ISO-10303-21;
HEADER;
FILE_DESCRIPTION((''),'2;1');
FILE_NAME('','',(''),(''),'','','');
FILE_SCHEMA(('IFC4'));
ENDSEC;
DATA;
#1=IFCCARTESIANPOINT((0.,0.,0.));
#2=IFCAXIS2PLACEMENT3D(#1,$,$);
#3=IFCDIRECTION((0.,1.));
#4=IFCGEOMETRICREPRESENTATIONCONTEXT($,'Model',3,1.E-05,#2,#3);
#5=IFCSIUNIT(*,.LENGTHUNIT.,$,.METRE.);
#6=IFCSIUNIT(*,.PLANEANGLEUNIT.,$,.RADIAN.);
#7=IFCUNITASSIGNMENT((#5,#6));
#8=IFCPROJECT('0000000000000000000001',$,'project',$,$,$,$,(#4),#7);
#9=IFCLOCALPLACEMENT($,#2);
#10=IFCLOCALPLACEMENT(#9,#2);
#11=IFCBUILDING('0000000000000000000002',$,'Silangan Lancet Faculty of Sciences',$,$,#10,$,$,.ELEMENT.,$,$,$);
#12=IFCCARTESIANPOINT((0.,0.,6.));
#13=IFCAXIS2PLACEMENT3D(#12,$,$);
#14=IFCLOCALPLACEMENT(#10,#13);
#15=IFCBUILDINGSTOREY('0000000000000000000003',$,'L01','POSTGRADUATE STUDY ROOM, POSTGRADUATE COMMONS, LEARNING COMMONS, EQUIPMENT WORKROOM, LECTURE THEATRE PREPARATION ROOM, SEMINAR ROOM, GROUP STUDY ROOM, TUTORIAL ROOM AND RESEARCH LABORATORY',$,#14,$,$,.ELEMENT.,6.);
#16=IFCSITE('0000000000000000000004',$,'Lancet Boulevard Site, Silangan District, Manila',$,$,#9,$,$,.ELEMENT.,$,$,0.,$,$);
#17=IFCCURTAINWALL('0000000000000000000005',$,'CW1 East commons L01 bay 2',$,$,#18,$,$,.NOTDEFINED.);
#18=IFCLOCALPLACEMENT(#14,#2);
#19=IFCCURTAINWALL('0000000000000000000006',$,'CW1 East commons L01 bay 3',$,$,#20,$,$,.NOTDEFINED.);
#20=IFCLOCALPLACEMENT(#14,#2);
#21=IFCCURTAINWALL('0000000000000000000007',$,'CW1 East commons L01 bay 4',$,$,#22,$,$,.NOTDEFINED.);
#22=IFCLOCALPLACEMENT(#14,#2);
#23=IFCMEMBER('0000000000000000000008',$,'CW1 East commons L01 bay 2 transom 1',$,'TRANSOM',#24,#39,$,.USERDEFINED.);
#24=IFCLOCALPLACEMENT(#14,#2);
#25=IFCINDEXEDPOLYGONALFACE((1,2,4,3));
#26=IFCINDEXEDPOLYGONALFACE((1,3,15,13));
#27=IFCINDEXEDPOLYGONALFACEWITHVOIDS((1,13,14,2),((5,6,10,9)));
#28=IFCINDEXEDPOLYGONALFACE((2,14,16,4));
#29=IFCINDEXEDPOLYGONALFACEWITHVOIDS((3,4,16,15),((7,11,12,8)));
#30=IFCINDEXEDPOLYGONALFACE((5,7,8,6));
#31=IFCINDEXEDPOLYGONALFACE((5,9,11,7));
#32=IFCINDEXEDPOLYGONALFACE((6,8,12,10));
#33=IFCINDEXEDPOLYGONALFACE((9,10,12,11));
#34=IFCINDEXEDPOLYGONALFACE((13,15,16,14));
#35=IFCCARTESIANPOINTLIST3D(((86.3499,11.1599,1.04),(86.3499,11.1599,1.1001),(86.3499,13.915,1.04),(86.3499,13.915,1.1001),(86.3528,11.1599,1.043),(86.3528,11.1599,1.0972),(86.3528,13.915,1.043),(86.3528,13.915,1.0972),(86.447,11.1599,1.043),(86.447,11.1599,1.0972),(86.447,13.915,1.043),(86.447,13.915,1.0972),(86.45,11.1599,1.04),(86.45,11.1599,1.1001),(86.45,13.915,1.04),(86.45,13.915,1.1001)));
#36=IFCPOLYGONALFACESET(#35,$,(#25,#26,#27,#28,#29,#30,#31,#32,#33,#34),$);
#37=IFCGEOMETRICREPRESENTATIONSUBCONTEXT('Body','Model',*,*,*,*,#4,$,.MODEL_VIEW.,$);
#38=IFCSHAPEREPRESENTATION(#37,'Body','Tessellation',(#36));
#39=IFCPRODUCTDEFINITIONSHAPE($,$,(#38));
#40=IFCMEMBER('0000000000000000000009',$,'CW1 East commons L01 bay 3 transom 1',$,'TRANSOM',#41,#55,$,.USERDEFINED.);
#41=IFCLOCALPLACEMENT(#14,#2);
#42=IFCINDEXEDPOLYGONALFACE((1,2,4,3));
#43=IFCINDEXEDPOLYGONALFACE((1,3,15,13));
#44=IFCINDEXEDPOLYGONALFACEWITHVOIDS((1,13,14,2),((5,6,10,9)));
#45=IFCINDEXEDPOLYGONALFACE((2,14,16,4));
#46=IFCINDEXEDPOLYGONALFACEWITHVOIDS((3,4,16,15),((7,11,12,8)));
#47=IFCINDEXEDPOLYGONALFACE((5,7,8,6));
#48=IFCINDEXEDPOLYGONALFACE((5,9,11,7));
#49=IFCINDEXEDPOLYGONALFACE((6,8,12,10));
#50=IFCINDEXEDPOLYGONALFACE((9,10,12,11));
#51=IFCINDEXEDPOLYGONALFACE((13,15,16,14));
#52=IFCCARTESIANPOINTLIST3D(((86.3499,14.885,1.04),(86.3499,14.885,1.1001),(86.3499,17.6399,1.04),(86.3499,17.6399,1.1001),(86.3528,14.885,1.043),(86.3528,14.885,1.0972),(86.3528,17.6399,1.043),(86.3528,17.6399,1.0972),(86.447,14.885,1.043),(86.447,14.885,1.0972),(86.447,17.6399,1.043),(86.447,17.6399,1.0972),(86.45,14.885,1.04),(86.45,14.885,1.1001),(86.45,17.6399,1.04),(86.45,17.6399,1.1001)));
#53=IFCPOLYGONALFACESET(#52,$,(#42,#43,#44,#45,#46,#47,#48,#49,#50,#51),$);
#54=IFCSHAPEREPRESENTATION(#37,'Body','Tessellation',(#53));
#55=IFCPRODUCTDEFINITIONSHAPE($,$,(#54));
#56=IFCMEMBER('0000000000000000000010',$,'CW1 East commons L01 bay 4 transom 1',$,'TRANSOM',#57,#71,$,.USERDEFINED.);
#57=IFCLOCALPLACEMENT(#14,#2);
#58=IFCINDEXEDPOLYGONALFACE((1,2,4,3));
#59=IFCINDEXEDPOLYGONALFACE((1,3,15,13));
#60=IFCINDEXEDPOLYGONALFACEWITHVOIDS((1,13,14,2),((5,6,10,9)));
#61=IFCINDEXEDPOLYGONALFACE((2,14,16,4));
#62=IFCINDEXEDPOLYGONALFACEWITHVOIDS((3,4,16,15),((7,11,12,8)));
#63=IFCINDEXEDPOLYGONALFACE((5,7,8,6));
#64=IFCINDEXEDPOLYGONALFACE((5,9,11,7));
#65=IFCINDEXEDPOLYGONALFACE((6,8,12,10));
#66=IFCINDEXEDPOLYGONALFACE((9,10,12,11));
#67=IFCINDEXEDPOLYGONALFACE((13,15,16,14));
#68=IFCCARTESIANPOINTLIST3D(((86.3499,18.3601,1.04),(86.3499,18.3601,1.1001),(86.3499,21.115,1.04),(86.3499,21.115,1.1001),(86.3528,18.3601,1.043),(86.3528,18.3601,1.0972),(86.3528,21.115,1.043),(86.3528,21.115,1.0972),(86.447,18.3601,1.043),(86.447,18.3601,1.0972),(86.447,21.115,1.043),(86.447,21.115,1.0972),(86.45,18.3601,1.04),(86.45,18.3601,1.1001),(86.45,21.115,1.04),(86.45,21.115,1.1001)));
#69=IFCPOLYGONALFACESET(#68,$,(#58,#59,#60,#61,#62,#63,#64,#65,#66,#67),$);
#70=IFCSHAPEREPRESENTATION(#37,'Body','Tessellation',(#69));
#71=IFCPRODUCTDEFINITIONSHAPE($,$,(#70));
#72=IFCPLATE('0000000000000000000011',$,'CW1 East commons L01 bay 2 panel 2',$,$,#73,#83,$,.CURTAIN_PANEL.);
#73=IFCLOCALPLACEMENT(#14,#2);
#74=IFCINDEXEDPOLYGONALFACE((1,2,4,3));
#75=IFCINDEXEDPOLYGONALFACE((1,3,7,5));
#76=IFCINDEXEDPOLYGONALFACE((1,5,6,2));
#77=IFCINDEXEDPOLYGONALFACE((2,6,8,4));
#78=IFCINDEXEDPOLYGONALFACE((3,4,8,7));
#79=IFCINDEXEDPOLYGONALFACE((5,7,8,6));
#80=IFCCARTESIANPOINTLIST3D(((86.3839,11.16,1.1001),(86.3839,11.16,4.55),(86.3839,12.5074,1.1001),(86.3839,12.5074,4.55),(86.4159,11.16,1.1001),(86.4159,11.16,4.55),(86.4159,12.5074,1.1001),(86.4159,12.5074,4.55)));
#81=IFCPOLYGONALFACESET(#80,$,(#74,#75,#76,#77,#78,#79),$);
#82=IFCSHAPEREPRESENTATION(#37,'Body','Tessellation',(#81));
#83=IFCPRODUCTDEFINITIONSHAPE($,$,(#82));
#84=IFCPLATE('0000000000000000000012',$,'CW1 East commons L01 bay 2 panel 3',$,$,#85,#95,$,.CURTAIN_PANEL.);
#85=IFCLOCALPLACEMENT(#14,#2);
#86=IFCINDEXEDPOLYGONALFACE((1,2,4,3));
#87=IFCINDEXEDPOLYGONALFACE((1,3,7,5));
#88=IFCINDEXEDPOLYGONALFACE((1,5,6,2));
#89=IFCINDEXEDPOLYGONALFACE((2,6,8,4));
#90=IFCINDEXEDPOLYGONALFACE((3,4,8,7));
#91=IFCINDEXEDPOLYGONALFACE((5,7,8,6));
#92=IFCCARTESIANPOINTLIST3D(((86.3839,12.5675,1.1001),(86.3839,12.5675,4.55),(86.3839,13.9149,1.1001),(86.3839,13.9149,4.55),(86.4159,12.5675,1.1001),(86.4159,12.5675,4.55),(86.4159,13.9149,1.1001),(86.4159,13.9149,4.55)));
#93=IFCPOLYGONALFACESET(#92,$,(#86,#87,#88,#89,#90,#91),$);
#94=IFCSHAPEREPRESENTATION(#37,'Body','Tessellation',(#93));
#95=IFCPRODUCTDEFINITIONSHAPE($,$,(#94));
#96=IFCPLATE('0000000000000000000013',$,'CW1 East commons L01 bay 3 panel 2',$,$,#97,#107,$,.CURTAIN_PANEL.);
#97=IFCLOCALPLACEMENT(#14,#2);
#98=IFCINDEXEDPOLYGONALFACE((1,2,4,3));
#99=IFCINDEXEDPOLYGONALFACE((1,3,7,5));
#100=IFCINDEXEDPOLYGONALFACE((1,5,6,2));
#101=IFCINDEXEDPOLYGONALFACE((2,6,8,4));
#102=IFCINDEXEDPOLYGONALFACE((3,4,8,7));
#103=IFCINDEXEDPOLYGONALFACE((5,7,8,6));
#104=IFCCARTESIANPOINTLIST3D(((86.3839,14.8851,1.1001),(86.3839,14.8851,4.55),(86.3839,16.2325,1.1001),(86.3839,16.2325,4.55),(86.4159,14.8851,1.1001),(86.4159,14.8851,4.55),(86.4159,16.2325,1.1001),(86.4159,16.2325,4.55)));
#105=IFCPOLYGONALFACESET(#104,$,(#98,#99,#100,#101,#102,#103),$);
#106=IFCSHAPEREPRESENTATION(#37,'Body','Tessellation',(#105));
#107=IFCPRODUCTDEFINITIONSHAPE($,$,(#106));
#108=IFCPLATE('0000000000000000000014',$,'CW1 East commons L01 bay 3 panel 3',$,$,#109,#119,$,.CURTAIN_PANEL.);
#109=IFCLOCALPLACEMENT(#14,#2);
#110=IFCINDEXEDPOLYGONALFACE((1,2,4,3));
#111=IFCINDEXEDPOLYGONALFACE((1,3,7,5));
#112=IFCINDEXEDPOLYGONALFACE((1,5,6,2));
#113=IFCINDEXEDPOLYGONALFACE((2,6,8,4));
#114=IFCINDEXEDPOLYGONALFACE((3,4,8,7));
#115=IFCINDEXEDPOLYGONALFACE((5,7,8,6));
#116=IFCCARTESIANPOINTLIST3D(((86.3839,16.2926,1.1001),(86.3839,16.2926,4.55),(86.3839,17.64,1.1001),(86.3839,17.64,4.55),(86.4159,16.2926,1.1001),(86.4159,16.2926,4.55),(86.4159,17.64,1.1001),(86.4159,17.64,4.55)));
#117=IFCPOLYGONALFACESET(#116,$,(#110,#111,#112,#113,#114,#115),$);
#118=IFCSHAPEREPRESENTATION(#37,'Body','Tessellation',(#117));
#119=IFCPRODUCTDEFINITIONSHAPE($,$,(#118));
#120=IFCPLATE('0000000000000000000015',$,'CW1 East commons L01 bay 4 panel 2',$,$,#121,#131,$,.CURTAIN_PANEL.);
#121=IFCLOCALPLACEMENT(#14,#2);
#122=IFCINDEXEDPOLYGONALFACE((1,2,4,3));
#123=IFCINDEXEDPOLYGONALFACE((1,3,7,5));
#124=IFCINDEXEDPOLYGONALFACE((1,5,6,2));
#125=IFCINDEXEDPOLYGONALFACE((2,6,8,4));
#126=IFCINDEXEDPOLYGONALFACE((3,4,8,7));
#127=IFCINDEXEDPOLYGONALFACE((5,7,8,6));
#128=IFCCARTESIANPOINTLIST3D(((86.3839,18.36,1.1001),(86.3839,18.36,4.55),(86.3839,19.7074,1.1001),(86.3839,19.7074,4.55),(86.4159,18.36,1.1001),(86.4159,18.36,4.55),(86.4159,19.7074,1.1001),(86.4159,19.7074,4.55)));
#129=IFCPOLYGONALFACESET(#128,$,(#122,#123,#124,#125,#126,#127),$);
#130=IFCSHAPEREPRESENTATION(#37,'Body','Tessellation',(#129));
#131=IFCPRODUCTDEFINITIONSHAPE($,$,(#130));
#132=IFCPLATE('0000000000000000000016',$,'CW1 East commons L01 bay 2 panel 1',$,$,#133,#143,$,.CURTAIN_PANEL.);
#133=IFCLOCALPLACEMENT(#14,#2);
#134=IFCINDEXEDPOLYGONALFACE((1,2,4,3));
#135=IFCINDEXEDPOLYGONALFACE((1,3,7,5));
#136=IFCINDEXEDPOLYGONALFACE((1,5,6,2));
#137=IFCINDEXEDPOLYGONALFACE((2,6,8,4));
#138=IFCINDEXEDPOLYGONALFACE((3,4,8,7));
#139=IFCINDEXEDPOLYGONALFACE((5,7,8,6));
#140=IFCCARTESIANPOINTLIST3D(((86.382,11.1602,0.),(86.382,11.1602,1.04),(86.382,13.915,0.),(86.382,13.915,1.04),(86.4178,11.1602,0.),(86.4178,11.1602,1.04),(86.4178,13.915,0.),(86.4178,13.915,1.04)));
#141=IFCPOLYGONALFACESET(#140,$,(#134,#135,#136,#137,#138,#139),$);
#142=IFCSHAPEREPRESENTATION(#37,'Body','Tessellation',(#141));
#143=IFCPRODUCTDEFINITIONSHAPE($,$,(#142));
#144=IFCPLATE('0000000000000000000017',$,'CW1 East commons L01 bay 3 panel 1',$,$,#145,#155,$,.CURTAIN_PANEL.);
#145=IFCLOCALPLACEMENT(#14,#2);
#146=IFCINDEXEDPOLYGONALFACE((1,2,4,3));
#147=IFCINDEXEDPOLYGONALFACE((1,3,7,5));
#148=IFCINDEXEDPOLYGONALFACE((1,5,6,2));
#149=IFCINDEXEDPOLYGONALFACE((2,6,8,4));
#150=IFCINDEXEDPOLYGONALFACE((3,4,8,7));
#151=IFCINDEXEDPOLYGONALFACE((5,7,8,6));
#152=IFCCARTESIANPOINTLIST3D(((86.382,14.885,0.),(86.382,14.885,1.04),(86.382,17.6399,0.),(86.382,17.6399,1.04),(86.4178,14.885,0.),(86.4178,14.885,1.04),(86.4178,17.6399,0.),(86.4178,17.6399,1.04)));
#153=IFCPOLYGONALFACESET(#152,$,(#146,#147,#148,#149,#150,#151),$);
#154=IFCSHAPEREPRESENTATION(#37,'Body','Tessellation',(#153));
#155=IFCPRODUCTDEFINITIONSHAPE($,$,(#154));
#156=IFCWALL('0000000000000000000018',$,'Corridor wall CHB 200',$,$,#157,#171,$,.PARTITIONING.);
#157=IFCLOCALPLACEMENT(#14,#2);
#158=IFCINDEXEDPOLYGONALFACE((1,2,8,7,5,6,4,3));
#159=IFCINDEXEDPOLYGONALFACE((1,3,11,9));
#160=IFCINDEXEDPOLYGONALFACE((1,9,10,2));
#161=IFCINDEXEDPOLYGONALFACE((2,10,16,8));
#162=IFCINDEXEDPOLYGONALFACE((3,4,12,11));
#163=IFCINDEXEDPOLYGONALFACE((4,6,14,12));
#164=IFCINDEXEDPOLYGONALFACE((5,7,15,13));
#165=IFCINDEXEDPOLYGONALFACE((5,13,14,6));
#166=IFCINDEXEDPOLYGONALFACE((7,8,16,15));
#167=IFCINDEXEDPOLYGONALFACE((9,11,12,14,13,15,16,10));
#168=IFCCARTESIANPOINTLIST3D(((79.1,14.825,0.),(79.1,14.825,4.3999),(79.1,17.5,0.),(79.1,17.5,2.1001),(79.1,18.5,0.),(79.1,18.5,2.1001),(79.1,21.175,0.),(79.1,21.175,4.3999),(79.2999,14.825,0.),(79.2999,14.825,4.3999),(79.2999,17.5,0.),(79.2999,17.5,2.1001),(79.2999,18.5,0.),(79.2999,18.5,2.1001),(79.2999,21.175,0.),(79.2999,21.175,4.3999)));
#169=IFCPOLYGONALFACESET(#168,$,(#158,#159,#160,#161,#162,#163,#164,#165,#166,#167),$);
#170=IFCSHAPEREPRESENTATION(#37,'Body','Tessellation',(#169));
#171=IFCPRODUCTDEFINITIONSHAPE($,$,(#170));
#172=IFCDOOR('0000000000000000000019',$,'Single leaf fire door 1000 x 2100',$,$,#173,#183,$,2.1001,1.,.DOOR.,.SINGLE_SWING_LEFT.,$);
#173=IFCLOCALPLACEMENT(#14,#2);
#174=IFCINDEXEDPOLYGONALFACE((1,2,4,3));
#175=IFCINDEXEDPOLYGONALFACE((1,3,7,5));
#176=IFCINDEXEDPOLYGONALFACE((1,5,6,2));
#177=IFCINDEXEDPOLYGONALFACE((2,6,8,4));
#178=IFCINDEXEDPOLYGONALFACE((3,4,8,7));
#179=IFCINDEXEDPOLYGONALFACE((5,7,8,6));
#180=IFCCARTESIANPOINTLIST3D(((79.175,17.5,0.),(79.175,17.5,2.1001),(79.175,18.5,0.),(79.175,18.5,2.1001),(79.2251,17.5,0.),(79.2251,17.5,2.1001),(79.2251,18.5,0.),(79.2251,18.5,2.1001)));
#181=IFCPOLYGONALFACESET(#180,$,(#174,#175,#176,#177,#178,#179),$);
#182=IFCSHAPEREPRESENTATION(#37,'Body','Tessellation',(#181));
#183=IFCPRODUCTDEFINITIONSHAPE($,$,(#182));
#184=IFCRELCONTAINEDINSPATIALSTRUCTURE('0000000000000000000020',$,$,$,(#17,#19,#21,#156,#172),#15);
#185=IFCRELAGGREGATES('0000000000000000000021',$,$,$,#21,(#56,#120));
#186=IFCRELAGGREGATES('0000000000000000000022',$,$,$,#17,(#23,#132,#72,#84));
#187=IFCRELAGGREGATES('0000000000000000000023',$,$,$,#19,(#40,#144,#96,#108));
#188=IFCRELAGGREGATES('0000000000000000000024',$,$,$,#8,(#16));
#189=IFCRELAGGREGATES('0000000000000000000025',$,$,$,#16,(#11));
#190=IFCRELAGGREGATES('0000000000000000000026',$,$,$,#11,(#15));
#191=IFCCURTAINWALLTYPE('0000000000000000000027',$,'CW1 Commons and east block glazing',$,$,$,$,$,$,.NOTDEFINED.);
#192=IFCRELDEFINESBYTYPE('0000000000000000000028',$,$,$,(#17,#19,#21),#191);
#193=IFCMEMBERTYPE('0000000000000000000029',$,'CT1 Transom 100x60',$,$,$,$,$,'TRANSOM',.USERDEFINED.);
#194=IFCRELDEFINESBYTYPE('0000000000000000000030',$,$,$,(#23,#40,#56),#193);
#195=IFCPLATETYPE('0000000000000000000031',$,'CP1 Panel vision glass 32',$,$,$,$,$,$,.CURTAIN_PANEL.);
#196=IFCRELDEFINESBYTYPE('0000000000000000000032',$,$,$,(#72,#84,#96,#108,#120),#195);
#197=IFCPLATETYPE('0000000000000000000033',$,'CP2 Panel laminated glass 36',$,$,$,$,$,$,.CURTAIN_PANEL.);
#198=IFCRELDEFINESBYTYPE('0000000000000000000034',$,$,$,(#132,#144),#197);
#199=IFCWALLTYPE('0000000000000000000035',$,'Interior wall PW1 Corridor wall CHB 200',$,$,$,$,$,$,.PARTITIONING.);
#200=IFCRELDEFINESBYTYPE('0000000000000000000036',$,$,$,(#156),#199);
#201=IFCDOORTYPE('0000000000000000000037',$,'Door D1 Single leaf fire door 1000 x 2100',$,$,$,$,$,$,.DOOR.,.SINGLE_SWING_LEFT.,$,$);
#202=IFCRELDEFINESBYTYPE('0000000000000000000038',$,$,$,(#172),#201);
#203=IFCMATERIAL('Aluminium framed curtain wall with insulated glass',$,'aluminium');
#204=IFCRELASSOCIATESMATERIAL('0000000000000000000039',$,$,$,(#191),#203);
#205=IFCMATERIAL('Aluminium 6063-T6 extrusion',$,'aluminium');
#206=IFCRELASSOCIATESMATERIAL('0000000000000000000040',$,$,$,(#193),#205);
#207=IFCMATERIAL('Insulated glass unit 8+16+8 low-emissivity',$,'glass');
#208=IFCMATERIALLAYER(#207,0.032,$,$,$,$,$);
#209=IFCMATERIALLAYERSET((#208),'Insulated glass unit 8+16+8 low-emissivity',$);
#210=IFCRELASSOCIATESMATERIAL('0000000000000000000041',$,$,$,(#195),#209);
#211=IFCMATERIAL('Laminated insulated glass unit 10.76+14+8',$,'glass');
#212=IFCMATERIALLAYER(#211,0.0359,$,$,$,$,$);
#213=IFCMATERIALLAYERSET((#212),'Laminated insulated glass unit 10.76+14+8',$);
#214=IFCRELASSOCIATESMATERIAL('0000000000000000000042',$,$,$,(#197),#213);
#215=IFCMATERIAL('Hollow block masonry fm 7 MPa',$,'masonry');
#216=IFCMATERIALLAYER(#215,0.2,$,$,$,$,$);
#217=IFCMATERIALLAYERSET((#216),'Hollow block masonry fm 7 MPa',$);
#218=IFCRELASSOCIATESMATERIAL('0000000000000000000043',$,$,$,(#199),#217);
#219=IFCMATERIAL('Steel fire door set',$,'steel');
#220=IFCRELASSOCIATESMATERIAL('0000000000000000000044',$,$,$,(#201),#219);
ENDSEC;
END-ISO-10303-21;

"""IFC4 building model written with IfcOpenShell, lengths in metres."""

from ifc_helpers import new_model, si_unit, direction, frame, frame_2d, origin, origin_2d, place, context, subcontext, project, spatial, rectangle, hollow_rectangle, extrude, material, layer, layer_set, material_profile, profile_set, type_object, element, fill, aggregate, save


model = new_model("IFC4")

# Units and contexts
model_context = context("Model", 3, precision=1e-05, world=origin(), true_north=direction((0.0, 1.0)))
body_context = subcontext(model_context, "Body", "Model", "MODEL_VIEW")
ifc_project = project(units=[si_unit("LENGTHUNIT", "METRE"), si_unit("PLANEANGLEUNIT", "RADIAN")], contexts=[model_context])

# Site, building, storey
site_placement = place(None, origin())
site = spatial("IfcSite", under=ifc_project, at=site_placement, Name="Lancet Boulevard Site, Silangan District, Manila", CompositionType="ELEMENT", RefElevation=0.0)
building_placement = place(site_placement, origin())
building = spatial("IfcBuilding", under=site, at=building_placement, Name="Silangan Lancet Faculty of Sciences", CompositionType="ELEMENT")
storey_placement = place(building_placement, frame((0.0, 0.0, 6.0)))
storey = spatial("IfcBuildingStorey", under=building, at=storey_placement, Name="L01", Description="POSTGRADUATE STUDY ROOM, POSTGRADUATE COMMONS, LEARNING COMMONS, EQUIPMENT WORKROOM, LECTURE THEATRE PREPARATION ROOM, SEMINAR ROOM, GROUP STUDY ROOM, TUTORIAL ROOM AND RESEARCH LABORATORY", CompositionType="ELEMENT", Elevation=6.0)

# Curtain walls
ifc_material_1 = material(Name="Aluminium framed curtain wall with insulated glass", Category="aluminium")
curtain_wall_type = type_object("IfcCurtainWallType", Name="CW1 Commons and east block glazing", PredefinedType="NOTDEFINED", material=ifc_material_1)
curtain_wall_1_placement = place(storey_placement, origin())
curtain_wall_1 = element("IfcCurtainWall", 1, at=curtain_wall_1_placement, inside=storey, type_object=curtain_wall_type, Name="CW1 East commons L01 bay 2", PredefinedType="NOTDEFINED")
curtain_wall_2_placement = place(storey_placement, origin())
curtain_wall_2 = element("IfcCurtainWall", 2, at=curtain_wall_2_placement, inside=storey, type_object=curtain_wall_type, Name="CW1 East commons L01 bay 3", PredefinedType="NOTDEFINED")

# Curtain wall
curtain_wall_3_placement = place(storey_placement, origin())
curtain_wall_3 = element("IfcCurtainWall", 3, at=curtain_wall_3_placement, inside=storey, type_object=curtain_wall_type, Name="CW1 East commons L01 bay 4", PredefinedType="NOTDEFINED")

# Members
ifc_material_2 = material(Name="Aluminium 6063-T6 extrusion", Category="aluminium")
ifc_material_profile_1 = material_profile(ifc_material_2, hollow_rectangle(XDim=0.1001, YDim=0.0601, WallThickness=0.0029, at=origin_2d()), Name="AL BOX 100x60x3")
ifc_profile_set_1 = profile_set([ifc_material_profile_1], Name="Aluminium 6063-T6 extrusion")
member_type_1 = type_object("IfcMemberType", Name="CT1 Transom 100x60", ElementType="TRANSOM", PredefinedType="USERDEFINED", material=ifc_profile_set_1)
member_1_placement = place(storey_placement, frame((86.3999, 11.1599, 1.0701), z_axis=(0.0, 1.0, 0.0), x_axis=(-1.0, 0.0, 0.0)))
member_1 = element("IfcMember", 4, at=member_1_placement, type_object=member_type_1, Name="CW1 East commons L01 bay 2 transom 1", ObjectType="TRANSOM", PredefinedType="USERDEFINED", context=body_context, shape_type="SweptSolid", body=[
    extrude(hollow_rectangle(XDim=0.1001, YDim=0.0601, WallThickness=0.0029, at=origin_2d()), origin(), (0.0, 0.0, 1.0), 2.7551),
])
member_2_placement = place(storey_placement, frame((86.3999, 14.885, 1.0701), z_axis=(0.0, 1.0, 0.0), x_axis=(-1.0, 0.0, 0.0)))
member_2 = element("IfcMember", 5, at=member_2_placement, type_object=member_type_1, Name="CW1 East commons L01 bay 3 transom 1", ObjectType="TRANSOM", PredefinedType="USERDEFINED", context=body_context, shape_type="SweptSolid", body=[
    extrude(hollow_rectangle(XDim=0.1001, YDim=0.0601, WallThickness=0.0029, at=origin_2d()), origin(), (0.0, 0.0, 1.0), 2.7549),
])
member_3_placement = place(storey_placement, frame((86.3999, 18.3601, 1.0701), z_axis=(0.0, 1.0, 0.0), x_axis=(-1.0, 0.0, 0.0)))
member_3 = element("IfcMember", 6, at=member_3_placement, type_object=member_type_1, Name="CW1 East commons L01 bay 4 transom 1", ObjectType="TRANSOM", PredefinedType="USERDEFINED", context=body_context, shape_type="SweptSolid", body=[
    extrude(hollow_rectangle(XDim=0.1001, YDim=0.0601, WallThickness=0.0029, at=origin_2d()), origin(), (0.0, 0.0, 1.0), 2.7549),
])

# Plates
ifc_material_3 = material(Name="Insulated glass unit 8+16+8 low-emissivity", Category="glass")
ifc_layer_1 = layer(ifc_material_3, 0.032)
ifc_layer_set_1 = layer_set([ifc_layer_1], Name="Insulated glass unit 8+16+8 low-emissivity")
plate_type_1 = type_object("IfcPlateType", Name="CP1 Panel vision glass 32", PredefinedType="CURTAIN_PANEL", material=ifc_layer_set_1)
plate_1_placement = place(storey_placement, frame((86.3999, 11.8337, 1.1001), z_axis=(0.0, 0.0, 1.0), x_axis=(0.0, 1.0, 0.0)))
plate_1 = element("IfcPlate", 7, at=plate_1_placement, type_object=plate_type_1, Name="CW1 East commons L01 bay 2 panel 2", PredefinedType="CURTAIN_PANEL", context=body_context, shape_type="SweptSolid", body=[
    extrude(rectangle(XDim=1.3474, YDim=0.032, at=origin_2d()), origin(), (0.0, 0.0, 1.0), 3.45),
])
plate_2_placement = place(storey_placement, frame((86.3999, 13.2412, 1.1001), z_axis=(0.0, 0.0, 1.0), x_axis=(0.0, 1.0, 0.0)))
plate_2 = element("IfcPlate", 8, at=plate_2_placement, type_object=plate_type_1, Name="CW1 East commons L01 bay 2 panel 3", PredefinedType="CURTAIN_PANEL", context=body_context, shape_type="SweptSolid", body=[
    extrude(rectangle(XDim=1.3474, YDim=0.032, at=origin_2d()), origin(), (0.0, 0.0, 1.0), 3.45),
])
plate_3_placement = place(storey_placement, frame((86.3999, 15.5588, 1.1001), z_axis=(0.0, 0.0, 1.0), x_axis=(0.0, 1.0, 0.0)))
plate_3 = element("IfcPlate", 9, at=plate_3_placement, type_object=plate_type_1, Name="CW1 East commons L01 bay 3 panel 2", PredefinedType="CURTAIN_PANEL", context=body_context, shape_type="SweptSolid", body=[
    extrude(rectangle(XDim=1.3474, YDim=0.032, at=origin_2d()), origin(), (0.0, 0.0, 1.0), 3.45),
])
plate_4_placement = place(storey_placement, frame((86.3999, 16.9663, 1.1001), z_axis=(0.0, 0.0, 1.0), x_axis=(0.0, 1.0, 0.0)))
plate_4 = element("IfcPlate", 10, at=plate_4_placement, type_object=plate_type_1, Name="CW1 East commons L01 bay 3 panel 3", PredefinedType="CURTAIN_PANEL", context=body_context, shape_type="SweptSolid", body=[
    extrude(rectangle(XDim=1.3474, YDim=0.032, at=origin_2d()), origin(), (0.0, 0.0, 1.0), 3.45),
])
plate_5_placement = place(storey_placement, frame((86.3999, 19.0337, 1.1001), z_axis=(0.0, 0.0, 1.0), x_axis=(0.0, 1.0, 0.0)))
plate_5 = element("IfcPlate", 11, at=plate_5_placement, type_object=plate_type_1, Name="CW1 East commons L01 bay 4 panel 2", PredefinedType="CURTAIN_PANEL", context=body_context, shape_type="SweptSolid", body=[
    extrude(rectangle(XDim=1.3474, YDim=0.032, at=origin_2d()), origin(), (0.0, 0.0, 1.0), 3.45),
])
aggregate(curtain_wall_3, [member_3, plate_5])
ifc_material_4 = material(Name="Laminated insulated glass unit 10.76+14+8", Category="glass")
ifc_layer_2 = layer(ifc_material_4, 0.0359)
ifc_layer_set_2 = layer_set([ifc_layer_2], Name="Laminated insulated glass unit 10.76+14+8")
plate_type_2 = type_object("IfcPlateType", Name="CP2 Panel laminated glass 36", PredefinedType="CURTAIN_PANEL", material=ifc_layer_set_2)
plate_6_placement = place(storey_placement, frame((86.3999, 12.5376, 0.0), z_axis=(0.0, 0.0, 1.0), x_axis=(0.0, 1.0, 0.0)))
plate_6 = element("IfcPlate", 12, at=plate_6_placement, type_object=plate_type_2, Name="CW1 East commons L01 bay 2 panel 1", PredefinedType="CURTAIN_PANEL", context=body_context, shape_type="SweptSolid", body=[
    extrude(rectangle(XDim=2.7549, YDim=0.0359, at=origin_2d()), origin(), (0.0, 0.0, 1.0), 1.04),
])
aggregate(curtain_wall_1, [member_1, plate_6, plate_1, plate_2])
plate_7_placement = place(storey_placement, frame((86.3999, 16.2625, 0.0), z_axis=(0.0, 0.0, 1.0), x_axis=(0.0, 1.0, 0.0)))
plate_7 = element("IfcPlate", 13, at=plate_7_placement, type_object=plate_type_2, Name="CW1 East commons L01 bay 3 panel 1", PredefinedType="CURTAIN_PANEL", context=body_context, shape_type="SweptSolid", body=[
    extrude(rectangle(XDim=2.7549, YDim=0.0359, at=origin_2d()), origin(), (0.0, 0.0, 1.0), 1.04),
])
aggregate(curtain_wall_2, [member_2, plate_7, plate_3, plate_4])

# Wall, opening, door
ifc_material_5 = material(Name="Hollow block masonry fm 7 MPa", Category="masonry")
ifc_layer_3 = layer(ifc_material_5, 0.2)
ifc_layer_set_3 = layer_set([ifc_layer_3], Name="Hollow block masonry fm 7 MPa")
wall_type_1 = type_object("IfcWallType", Name="Interior wall PW1 Corridor wall CHB 200", PredefinedType="PARTITIONING", material=ifc_layer_set_3)
wall_1_placement = place(storey_placement, frame((79.2, 14.825, 0.0), z_axis=(0.0, 0.0, 1.0), x_axis=(0.0, 1.0, 0.0)))
wall_1 = element("IfcWall", 14, at=wall_1_placement, inside=storey, type_object=wall_type_1, Name="Corridor wall CHB 200", PredefinedType="PARTITIONING", context=body_context, shape_type="SweptSolid", body=[
    extrude(rectangle(XDim=6.3501, YDim=0.2, at=frame_2d((3.175, 0.0))), origin(), (0.0, 0.0, 1.0), 4.3999),
])
opening_1_placement = place(wall_1_placement, frame((2.675, 0.0, 0.0)))
opening_1 = element("IfcOpeningElement", 15, at=opening_1_placement, cuts=wall_1, PredefinedType="OPENING", context=body_context, shape_type="SweptSolid", body=[
    extrude(rectangle(XDim=1.0, YDim=2.1001, at=frame_2d((0.5, 1.05))), frame((0.0, 0.1099, 0.0), z_axis=(0.0, -1.0, 0.0), x_axis=(1.0, 0.0, 0.0)), (0.0, 0.0, 1.0), 0.22),
])
ifc_material_6 = material(Name="Steel fire door set", Category="steel")
door_type_1 = type_object("IfcDoorType", Name="Door D1 Single leaf fire door 1000 x 2100", OperationType="SINGLE_SWING_LEFT", PredefinedType="DOOR", material=ifc_material_6)
door_1_placement = place(opening_1_placement, origin())
door_1 = element("IfcDoor", 16, at=door_1_placement, inside=storey, type_object=door_type_1, Name="Single leaf fire door 1000 x 2100", OperationType="SINGLE_SWING_LEFT", OverallHeight=2.1001, OverallWidth=1.0, PredefinedType="DOOR", context=body_context, shape_type="SweptSolid", body=[
    extrude(rectangle(XDim=1.0, YDim=2.1001, at=frame_2d((0.5, 1.05))), frame((0.0, 0.0249, 0.0), z_axis=(0.0, -1.0, 0.0), x_axis=(1.0, 0.0, 0.0)), (0.0, 0.0, 1.0), 0.05),
])
fill(opening_1, door_1)

save(model, "model.ifc")
